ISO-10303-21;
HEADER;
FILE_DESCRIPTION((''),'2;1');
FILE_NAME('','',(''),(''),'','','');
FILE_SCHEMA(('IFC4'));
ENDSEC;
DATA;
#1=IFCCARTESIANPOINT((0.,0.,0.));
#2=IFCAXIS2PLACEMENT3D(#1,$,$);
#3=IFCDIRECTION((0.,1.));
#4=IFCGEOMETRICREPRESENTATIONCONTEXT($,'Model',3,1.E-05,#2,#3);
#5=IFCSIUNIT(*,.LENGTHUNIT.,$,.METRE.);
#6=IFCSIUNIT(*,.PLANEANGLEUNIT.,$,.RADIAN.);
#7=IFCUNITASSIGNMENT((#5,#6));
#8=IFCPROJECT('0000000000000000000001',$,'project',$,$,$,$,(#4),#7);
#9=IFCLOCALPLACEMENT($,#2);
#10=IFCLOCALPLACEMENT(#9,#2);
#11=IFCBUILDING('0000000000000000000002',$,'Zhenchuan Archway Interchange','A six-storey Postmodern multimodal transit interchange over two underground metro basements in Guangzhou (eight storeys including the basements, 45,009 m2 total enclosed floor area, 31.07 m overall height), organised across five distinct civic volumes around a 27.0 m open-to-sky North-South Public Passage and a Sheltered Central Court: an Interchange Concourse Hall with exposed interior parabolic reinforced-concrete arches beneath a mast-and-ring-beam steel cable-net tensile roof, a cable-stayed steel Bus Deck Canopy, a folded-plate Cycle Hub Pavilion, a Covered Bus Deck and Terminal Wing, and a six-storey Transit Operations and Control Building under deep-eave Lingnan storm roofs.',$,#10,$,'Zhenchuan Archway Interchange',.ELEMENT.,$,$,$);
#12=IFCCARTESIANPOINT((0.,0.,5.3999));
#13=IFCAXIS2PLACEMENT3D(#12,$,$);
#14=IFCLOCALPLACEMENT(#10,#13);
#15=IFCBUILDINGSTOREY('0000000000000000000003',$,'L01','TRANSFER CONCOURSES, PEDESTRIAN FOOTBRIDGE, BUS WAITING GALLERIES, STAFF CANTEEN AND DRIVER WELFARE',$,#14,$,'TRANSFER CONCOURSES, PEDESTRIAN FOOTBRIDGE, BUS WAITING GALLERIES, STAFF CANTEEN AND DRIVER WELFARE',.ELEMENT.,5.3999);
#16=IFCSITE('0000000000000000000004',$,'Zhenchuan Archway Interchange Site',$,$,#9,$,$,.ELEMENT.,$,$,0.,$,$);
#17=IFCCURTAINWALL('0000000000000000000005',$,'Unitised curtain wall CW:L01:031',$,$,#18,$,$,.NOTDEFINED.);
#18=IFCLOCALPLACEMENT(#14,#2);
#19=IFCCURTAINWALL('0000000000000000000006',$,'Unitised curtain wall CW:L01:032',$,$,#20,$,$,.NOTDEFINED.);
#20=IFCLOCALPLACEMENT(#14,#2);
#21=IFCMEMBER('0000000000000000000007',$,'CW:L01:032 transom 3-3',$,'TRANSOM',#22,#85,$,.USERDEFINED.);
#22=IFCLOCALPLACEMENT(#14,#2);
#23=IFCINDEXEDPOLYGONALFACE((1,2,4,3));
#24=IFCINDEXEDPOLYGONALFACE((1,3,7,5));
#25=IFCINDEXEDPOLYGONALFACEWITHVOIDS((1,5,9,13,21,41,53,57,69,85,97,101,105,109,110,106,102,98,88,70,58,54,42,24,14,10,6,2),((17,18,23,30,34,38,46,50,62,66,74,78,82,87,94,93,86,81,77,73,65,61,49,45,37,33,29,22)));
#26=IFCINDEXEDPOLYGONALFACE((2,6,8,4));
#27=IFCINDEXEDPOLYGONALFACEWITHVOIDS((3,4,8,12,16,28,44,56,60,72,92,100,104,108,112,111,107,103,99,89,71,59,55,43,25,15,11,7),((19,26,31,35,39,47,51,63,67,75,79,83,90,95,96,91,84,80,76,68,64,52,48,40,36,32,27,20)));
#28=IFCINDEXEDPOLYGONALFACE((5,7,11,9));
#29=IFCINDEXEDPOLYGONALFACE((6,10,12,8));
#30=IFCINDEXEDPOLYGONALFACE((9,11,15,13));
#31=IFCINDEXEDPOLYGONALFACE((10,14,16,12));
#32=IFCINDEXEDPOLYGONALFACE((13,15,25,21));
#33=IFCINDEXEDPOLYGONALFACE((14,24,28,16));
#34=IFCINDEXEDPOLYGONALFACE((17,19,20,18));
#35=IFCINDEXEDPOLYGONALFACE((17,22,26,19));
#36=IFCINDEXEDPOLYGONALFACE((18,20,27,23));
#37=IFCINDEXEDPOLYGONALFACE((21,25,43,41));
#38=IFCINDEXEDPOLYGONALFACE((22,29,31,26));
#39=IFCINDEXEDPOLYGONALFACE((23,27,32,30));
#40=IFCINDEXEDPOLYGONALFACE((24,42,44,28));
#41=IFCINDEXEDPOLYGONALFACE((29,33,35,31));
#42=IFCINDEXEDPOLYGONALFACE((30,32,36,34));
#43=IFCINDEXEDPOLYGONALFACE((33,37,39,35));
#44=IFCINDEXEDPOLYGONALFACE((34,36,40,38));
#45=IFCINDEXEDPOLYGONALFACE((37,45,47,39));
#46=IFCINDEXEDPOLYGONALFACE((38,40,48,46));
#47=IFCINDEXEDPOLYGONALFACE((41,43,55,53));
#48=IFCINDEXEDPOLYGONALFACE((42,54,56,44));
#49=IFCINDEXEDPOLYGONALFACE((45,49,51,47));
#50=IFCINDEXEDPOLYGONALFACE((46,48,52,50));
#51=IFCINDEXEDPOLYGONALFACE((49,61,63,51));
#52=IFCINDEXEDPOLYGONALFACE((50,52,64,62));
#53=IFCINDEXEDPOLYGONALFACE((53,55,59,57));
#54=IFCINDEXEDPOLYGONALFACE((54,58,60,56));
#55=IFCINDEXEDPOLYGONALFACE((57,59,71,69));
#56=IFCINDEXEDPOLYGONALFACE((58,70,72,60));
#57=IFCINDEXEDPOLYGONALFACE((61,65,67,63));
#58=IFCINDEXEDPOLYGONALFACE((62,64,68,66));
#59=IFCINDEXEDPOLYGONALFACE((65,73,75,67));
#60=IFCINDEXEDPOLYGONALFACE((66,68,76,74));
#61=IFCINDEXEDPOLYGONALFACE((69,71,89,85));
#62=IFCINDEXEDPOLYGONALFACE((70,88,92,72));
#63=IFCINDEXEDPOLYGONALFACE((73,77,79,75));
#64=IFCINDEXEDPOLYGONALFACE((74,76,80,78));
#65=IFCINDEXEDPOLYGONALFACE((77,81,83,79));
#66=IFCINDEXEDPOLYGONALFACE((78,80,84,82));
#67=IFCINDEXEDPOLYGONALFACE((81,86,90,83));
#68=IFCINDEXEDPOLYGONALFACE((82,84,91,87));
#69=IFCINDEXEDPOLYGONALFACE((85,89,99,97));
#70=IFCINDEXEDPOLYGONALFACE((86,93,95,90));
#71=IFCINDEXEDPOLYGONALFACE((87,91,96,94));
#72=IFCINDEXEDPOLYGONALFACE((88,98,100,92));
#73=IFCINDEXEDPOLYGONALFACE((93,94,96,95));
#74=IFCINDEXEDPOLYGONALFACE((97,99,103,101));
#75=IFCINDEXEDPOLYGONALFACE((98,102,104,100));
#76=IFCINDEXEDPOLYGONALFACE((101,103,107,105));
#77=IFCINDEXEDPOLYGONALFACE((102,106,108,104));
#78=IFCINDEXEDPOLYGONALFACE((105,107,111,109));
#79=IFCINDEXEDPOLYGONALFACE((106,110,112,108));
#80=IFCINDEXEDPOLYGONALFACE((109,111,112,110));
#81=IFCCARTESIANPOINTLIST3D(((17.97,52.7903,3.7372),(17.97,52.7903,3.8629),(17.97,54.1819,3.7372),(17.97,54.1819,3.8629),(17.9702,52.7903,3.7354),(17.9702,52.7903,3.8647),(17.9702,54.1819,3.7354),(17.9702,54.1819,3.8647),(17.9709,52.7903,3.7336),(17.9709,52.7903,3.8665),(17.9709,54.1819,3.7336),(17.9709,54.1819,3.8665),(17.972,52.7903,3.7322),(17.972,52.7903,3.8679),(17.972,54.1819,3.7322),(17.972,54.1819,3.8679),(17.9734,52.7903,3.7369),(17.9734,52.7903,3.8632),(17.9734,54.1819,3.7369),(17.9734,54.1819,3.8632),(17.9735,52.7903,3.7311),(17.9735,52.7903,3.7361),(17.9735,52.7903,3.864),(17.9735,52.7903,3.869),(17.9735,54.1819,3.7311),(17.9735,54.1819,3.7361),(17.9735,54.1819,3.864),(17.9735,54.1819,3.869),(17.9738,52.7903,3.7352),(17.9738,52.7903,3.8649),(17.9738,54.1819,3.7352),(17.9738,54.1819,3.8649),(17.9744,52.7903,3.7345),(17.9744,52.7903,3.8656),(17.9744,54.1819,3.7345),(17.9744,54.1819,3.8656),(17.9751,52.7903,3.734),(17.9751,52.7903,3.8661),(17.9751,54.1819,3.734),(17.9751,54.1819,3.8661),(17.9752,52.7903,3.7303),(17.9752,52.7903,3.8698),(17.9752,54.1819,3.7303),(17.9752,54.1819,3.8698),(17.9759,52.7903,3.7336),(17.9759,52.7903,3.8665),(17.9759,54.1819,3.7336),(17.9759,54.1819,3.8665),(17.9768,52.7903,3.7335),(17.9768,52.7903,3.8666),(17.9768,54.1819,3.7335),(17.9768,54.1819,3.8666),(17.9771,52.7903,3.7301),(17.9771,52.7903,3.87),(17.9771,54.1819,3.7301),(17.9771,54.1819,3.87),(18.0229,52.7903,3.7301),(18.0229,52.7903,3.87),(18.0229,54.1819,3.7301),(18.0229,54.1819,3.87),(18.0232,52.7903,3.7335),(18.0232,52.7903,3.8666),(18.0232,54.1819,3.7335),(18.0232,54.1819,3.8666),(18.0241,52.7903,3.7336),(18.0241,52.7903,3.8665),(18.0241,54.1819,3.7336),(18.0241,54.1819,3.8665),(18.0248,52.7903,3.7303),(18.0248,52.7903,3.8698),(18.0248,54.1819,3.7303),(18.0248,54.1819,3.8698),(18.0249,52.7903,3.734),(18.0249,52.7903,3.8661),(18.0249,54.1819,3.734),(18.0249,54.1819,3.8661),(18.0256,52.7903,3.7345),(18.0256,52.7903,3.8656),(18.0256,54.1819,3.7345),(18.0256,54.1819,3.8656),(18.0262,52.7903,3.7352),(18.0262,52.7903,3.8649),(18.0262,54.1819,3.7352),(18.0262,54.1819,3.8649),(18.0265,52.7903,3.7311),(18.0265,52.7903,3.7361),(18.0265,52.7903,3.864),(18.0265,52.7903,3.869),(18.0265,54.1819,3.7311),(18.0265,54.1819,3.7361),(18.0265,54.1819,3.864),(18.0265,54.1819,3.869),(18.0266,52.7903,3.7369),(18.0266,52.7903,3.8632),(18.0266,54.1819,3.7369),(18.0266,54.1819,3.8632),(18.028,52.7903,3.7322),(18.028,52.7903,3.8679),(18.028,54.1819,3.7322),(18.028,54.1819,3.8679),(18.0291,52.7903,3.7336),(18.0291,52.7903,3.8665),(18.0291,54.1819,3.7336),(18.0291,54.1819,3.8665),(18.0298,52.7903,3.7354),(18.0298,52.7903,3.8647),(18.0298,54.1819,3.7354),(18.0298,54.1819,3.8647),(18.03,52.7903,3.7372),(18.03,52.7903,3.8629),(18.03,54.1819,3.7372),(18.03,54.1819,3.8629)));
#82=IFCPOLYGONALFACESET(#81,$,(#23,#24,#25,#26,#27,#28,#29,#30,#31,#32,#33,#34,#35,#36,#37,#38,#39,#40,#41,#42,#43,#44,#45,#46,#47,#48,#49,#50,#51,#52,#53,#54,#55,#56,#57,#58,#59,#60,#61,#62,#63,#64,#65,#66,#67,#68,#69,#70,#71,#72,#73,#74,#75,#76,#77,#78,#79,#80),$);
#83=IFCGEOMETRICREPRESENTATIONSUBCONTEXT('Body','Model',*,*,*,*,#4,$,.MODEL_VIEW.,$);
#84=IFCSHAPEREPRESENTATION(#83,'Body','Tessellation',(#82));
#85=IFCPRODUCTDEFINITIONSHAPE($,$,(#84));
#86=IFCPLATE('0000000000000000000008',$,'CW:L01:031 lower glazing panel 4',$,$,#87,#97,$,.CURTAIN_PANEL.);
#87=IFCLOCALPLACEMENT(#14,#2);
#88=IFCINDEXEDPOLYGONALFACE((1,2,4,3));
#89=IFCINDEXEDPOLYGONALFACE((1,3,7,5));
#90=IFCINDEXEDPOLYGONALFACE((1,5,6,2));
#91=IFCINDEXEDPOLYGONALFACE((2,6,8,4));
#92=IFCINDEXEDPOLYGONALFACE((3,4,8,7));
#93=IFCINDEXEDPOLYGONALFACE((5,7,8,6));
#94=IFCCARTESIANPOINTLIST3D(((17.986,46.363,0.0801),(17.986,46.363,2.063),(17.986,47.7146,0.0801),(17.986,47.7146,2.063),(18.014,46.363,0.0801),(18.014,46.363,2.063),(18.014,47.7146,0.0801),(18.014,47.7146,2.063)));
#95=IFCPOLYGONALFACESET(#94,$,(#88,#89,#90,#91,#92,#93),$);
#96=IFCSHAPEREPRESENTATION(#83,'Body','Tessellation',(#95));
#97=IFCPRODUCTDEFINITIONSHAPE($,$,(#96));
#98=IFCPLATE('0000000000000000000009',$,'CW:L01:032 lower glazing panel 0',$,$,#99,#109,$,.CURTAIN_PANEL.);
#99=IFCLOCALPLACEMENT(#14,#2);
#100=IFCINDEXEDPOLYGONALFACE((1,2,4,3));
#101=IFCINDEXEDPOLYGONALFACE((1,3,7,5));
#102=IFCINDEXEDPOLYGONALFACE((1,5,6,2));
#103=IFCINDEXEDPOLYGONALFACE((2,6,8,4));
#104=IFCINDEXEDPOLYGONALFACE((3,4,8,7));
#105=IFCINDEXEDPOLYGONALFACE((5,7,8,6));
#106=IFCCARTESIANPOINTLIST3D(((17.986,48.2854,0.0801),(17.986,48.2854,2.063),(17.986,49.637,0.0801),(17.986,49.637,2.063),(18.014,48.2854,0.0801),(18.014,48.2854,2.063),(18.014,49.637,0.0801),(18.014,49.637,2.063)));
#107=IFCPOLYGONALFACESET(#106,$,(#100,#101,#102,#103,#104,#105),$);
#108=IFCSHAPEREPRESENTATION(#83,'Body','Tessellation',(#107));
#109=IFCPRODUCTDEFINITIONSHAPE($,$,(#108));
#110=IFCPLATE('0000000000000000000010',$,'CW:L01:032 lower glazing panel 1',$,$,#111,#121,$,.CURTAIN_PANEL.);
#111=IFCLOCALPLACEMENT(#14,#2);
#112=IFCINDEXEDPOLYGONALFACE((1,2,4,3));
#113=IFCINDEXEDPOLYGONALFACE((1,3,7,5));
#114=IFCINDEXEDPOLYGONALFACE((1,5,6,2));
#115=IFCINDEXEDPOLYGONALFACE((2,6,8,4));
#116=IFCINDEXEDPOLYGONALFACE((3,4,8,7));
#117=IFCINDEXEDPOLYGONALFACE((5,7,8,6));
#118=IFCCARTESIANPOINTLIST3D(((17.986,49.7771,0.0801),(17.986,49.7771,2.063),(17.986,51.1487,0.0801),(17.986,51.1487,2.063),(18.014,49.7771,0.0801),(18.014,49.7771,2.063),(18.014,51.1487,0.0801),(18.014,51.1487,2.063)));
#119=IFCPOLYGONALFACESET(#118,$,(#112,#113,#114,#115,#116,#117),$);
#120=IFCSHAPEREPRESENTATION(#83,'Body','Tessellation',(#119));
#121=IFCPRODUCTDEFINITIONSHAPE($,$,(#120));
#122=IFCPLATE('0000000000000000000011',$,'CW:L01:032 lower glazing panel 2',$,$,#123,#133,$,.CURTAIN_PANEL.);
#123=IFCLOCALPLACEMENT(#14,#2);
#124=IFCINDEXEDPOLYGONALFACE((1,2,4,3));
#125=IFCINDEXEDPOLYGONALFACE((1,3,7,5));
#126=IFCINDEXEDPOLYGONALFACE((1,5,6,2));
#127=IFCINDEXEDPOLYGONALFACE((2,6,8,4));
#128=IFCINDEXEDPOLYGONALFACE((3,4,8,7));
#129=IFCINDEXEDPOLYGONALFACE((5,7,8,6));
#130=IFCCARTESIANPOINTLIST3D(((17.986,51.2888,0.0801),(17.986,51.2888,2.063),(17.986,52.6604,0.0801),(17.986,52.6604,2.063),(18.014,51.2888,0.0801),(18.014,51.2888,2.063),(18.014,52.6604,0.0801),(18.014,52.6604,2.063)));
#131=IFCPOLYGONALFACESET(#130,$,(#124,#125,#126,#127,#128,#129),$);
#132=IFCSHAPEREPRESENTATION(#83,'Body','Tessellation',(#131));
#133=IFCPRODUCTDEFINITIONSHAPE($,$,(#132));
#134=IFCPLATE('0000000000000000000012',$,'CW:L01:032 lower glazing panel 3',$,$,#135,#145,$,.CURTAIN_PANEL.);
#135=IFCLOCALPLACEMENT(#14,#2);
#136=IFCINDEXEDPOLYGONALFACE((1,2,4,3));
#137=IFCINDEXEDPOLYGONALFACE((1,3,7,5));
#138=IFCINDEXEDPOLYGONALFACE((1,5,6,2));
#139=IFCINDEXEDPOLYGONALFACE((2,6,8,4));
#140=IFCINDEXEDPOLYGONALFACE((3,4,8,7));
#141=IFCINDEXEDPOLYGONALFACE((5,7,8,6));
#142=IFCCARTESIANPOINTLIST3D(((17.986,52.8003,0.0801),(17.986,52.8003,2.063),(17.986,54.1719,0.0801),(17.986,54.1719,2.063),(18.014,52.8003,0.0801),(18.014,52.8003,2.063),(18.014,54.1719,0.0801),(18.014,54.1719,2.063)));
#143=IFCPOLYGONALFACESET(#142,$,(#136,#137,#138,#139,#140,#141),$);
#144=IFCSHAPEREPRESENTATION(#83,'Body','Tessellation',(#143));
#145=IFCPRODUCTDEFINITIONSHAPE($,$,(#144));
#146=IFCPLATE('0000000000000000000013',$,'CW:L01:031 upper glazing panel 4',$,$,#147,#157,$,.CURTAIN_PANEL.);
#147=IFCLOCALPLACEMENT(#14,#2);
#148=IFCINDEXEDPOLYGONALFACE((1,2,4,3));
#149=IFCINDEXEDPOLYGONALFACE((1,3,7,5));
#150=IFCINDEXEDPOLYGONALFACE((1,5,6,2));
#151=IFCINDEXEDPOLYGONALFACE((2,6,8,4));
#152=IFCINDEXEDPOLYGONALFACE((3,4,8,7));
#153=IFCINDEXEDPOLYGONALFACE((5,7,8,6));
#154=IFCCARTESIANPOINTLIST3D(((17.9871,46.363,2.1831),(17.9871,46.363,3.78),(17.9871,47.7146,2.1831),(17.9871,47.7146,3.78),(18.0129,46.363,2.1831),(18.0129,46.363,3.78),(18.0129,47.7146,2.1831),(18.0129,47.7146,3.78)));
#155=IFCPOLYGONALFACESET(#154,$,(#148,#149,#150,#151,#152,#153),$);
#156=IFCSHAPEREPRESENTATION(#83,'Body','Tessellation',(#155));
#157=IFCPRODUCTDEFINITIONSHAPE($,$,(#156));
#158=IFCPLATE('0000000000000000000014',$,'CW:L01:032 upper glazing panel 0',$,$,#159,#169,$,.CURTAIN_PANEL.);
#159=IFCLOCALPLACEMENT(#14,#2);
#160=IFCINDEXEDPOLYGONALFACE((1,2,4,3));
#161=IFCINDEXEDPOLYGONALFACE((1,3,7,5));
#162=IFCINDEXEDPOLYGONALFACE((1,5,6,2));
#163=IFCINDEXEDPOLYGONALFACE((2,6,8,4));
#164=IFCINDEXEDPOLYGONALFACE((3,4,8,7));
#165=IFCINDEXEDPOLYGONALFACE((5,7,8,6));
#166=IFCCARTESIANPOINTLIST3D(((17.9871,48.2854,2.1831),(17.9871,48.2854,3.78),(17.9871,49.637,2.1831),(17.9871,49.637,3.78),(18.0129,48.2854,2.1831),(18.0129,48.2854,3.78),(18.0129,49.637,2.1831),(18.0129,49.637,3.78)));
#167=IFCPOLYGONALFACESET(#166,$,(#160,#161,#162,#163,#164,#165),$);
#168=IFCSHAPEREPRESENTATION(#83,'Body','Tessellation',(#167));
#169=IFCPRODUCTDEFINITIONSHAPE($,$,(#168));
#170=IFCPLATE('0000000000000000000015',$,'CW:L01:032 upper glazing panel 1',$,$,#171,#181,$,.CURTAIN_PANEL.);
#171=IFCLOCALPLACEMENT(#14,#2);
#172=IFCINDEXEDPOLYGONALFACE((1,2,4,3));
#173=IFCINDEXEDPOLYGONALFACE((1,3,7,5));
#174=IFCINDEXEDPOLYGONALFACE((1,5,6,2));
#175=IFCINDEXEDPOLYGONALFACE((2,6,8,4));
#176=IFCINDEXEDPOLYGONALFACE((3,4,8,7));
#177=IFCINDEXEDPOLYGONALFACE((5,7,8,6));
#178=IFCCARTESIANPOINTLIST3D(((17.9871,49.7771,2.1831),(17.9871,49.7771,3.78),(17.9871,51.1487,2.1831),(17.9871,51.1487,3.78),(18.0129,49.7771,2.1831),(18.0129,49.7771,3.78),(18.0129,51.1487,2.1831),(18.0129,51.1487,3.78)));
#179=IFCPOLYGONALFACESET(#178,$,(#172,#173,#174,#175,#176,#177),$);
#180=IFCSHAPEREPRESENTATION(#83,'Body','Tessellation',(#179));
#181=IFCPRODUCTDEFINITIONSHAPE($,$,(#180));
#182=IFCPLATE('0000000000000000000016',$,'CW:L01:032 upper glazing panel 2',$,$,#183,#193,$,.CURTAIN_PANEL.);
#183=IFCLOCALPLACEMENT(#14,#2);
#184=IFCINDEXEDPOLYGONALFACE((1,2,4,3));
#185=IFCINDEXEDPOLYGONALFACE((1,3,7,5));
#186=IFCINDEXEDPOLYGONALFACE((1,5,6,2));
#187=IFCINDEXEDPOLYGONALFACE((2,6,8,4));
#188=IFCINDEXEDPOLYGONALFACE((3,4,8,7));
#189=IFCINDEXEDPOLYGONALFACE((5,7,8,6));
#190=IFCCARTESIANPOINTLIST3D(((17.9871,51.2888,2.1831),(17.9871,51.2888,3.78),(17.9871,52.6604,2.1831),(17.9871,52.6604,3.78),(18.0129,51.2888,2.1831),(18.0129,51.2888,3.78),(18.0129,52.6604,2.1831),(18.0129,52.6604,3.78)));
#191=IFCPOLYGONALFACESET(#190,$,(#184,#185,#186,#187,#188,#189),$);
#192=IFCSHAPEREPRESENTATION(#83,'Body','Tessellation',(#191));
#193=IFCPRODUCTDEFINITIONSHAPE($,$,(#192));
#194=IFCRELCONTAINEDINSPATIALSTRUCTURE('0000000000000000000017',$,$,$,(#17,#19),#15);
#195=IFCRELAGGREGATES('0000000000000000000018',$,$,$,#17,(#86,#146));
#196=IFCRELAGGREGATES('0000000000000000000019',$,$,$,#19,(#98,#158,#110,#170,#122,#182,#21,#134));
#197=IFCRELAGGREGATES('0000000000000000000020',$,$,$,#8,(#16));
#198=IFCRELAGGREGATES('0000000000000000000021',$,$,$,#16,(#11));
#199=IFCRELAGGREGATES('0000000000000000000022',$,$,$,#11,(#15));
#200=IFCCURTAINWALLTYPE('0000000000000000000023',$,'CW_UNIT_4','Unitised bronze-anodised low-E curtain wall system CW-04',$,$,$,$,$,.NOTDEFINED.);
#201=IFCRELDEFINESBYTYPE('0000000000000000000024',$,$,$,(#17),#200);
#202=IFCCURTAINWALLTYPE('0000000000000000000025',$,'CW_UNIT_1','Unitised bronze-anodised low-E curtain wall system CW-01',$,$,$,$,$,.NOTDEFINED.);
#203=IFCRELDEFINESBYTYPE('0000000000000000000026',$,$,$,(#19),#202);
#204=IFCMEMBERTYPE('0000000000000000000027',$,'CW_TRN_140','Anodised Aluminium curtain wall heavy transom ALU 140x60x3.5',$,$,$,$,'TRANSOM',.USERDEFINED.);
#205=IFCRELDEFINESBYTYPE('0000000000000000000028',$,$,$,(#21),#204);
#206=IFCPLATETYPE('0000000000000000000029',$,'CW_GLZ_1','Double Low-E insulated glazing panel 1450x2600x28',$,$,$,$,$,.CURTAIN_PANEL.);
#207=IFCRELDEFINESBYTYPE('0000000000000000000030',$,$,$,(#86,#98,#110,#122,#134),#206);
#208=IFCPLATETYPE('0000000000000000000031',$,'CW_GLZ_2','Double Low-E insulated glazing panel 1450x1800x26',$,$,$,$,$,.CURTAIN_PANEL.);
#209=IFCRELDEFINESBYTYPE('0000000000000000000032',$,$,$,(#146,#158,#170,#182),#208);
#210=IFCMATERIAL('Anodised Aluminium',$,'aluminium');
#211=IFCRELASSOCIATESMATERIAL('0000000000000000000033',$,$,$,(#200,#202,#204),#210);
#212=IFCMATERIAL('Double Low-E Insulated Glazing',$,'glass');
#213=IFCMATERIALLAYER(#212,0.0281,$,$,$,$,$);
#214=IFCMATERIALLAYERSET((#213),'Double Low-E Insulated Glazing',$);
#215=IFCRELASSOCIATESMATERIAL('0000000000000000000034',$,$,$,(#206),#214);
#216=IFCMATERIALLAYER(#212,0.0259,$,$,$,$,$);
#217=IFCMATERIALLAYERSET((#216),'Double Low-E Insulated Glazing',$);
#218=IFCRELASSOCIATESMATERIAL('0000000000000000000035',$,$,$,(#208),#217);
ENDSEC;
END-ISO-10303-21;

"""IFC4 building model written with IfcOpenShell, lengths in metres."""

from ifc_helpers import new_model, si_unit, direction, frame, origin, origin_2d, place, context, subcontext, project, spatial, rectangle, hollow_rectangle, extrude, material, layer, layer_set, material_profile, profile_set, type_object, element, aggregate, save


model = new_model("IFC4")

# Units and contexts
model_context = context("Model", 3, precision=1e-05, world=origin(), true_north=direction((0.0, 1.0)))
body_context = subcontext(model_context, "Body", "Model", "MODEL_VIEW")
ifc_project = project(units=[si_unit("LENGTHUNIT", "METRE"), si_unit("PLANEANGLEUNIT", "RADIAN")], contexts=[model_context])

# Site, building, storey
site_placement = place(None, origin())
site = spatial("IfcSite", under=ifc_project, at=site_placement, Name="Zhenchuan Archway Interchange Site", CompositionType="ELEMENT", RefElevation=0.0)
building_placement = place(site_placement, origin())
building = spatial("IfcBuilding", under=site, at=building_placement, Name="Zhenchuan Archway Interchange", Description="A six-storey Postmodern multimodal transit interchange over two underground metro basements in Guangzhou (eight storeys including the basements, 45,009 m2 total enclosed floor area, 31.07 m overall height), organised across five distinct civic volumes around a 27.0 m open-to-sky North-South Public Passage and a Sheltered Central Court: an Interchange Concourse Hall with exposed interior parabolic reinforced-concrete arches beneath a mast-and-ring-beam steel cable-net tensile roof, a cable-stayed steel Bus Deck Canopy, a folded-plate Cycle Hub Pavilion, a Covered Bus Deck and Terminal Wing, and a six-storey Transit Operations and Control Building under deep-eave Lingnan storm roofs.", LongName="Zhenchuan Archway Interchange", CompositionType="ELEMENT")
storey_placement = place(building_placement, frame((0.0, 0.0, 5.3999)))
storey = spatial("IfcBuildingStorey", under=building, at=storey_placement, Name="L01", Description="TRANSFER CONCOURSES, PEDESTRIAN FOOTBRIDGE, BUS WAITING GALLERIES, STAFF CANTEEN AND DRIVER WELFARE", LongName="TRANSFER CONCOURSES, PEDESTRIAN FOOTBRIDGE, BUS WAITING GALLERIES, STAFF CANTEEN AND DRIVER WELFARE", CompositionType="ELEMENT", Elevation=5.3999)

# Curtain wall
ifc_material_1 = material(Name="Anodised Aluminium", Category="aluminium")
curtain_wall_type_1 = type_object("IfcCurtainWallType", Name="CW_UNIT_4", Description="Unitised bronze-anodised low-E curtain wall system CW-04", PredefinedType="NOTDEFINED", material=ifc_material_1)
curtain_wall_1_placement = place(storey_placement, origin())
curtain_wall_1 = element("IfcCurtainWall", 1, at=curtain_wall_1_placement, inside=storey, type_object=curtain_wall_type_1, Name="Unitised curtain wall CW:L01:031", PredefinedType="NOTDEFINED")

# Curtain wall, member
curtain_wall_type_2 = type_object("IfcCurtainWallType", Name="CW_UNIT_1", Description="Unitised bronze-anodised low-E curtain wall system CW-01", PredefinedType="NOTDEFINED", material=ifc_material_1)
curtain_wall_2_placement = place(storey_placement, origin())
curtain_wall_2 = element("IfcCurtainWall", 2, at=curtain_wall_2_placement, inside=storey, type_object=curtain_wall_type_2, Name="Unitised curtain wall CW:L01:032", PredefinedType="NOTDEFINED")
ifc_material_profile_1 = material_profile(ifc_material_1, hollow_rectangle(XDim=0.0601, YDim=0.1399, WallThickness=0.0034, InnerFilletRadius=0.0034, OuterFilletRadius=0.0071, at=origin_2d()), Name="ALU 140x60x3.5")
ifc_profile_set_1 = profile_set([ifc_material_profile_1], Name="Anodised Aluminium")
member_type_1 = type_object("IfcMemberType", Name="CW_TRN_140", Description="Anodised Aluminium curtain wall heavy transom ALU 140x60x3.5", ElementType="TRANSOM", PredefinedType="USERDEFINED", material=ifc_profile_set_1)
member_1_placement = place(storey_placement, frame((18.0, 52.7903, 3.8), z_axis=(0.0, 1.0, 0.0), x_axis=(-1.0, 0.0, 0.0)))
member_1 = element("IfcMember", 3, at=member_1_placement, type_object=member_type_1, Name="CW:L01:032 transom 3-3", ObjectType="TRANSOM", PredefinedType="USERDEFINED", context=body_context, shape_type="SweptSolid", body=[
    extrude(hollow_rectangle(XDim=0.0601, YDim=0.1399, WallThickness=0.0034, InnerFilletRadius=0.0034, OuterFilletRadius=0.0071, at=origin_2d()), origin(), (0.0, 0.0, 1.0), 1.3916),
])

# Plates
ifc_material_2 = material(Name="Double Low-E Insulated Glazing", Category="glass")
ifc_layer_1 = layer(ifc_material_2, 0.0281)
ifc_layer_set_1 = layer_set([ifc_layer_1], Name="Double Low-E Insulated Glazing")
plate_type_1 = type_object("IfcPlateType", Name="CW_GLZ_1", Description="Double Low-E insulated glazing panel 1450x2600x28", PredefinedType="CURTAIN_PANEL", material=ifc_layer_set_1)
plate_1_placement = place(storey_placement, frame((18.0, 47.0388, 0.0801), z_axis=(0.0, 0.0, 1.0), x_axis=(0.0, 1.0, 0.0)))
plate_1 = element("IfcPlate", 4, at=plate_1_placement, type_object=plate_type_1, Name="CW:L01:031 lower glazing panel 4", PredefinedType="CURTAIN_PANEL", context=body_context, shape_type="SweptSolid", body=[
    extrude(rectangle(XDim=1.3516, YDim=0.0281, at=origin_2d()), origin(), (0.0, 0.0, 1.0), 1.9829),
])
plate_2_placement = place(storey_placement, frame((18.0, 48.9612, 0.0801), z_axis=(0.0, 0.0, 1.0), x_axis=(0.0, 1.0, 0.0)))
plate_2 = element("IfcPlate", 5, at=plate_2_placement, type_object=plate_type_1, Name="CW:L01:032 lower glazing panel 0", PredefinedType="CURTAIN_PANEL", context=body_context, shape_type="SweptSolid", body=[
    extrude(rectangle(XDim=1.3516, YDim=0.0281, at=origin_2d()), origin(), (0.0, 0.0, 1.0), 1.9829),
])
plate_3_placement = place(storey_placement, frame((18.0, 50.4629, 0.0801), z_axis=(0.0, 0.0, 1.0), x_axis=(0.0, 1.0, 0.0)))
plate_3 = element("IfcPlate", 6, at=plate_3_placement, type_object=plate_type_1, Name="CW:L01:032 lower glazing panel 1", PredefinedType="CURTAIN_PANEL", context=body_context, shape_type="SweptSolid", body=[
    extrude(rectangle(XDim=1.3716, YDim=0.0281, at=origin_2d()), origin(), (0.0, 0.0, 1.0), 1.9829),
])
plate_4_placement = place(storey_placement, frame((18.0, 51.9746, 0.0801), z_axis=(0.0, 0.0, 1.0), x_axis=(0.0, 1.0, 0.0)))
plate_4 = element("IfcPlate", 7, at=plate_4_placement, type_object=plate_type_1, Name="CW:L01:032 lower glazing panel 2", PredefinedType="CURTAIN_PANEL", context=body_context, shape_type="SweptSolid", body=[
    extrude(rectangle(XDim=1.3716, YDim=0.0281, at=origin_2d()), origin(), (0.0, 0.0, 1.0), 1.9829),
])
plate_5_placement = place(storey_placement, frame((18.0, 53.4861, 0.0801), z_axis=(0.0, 0.0, 1.0), x_axis=(0.0, 1.0, 0.0)))
plate_5 = element("IfcPlate", 8, at=plate_5_placement, type_object=plate_type_1, Name="CW:L01:032 lower glazing panel 3", PredefinedType="CURTAIN_PANEL", context=body_context, shape_type="SweptSolid", body=[
    extrude(rectangle(XDim=1.3716, YDim=0.0281, at=origin_2d()), origin(), (0.0, 0.0, 1.0), 1.9829),
])
ifc_layer_2 = layer(ifc_material_2, 0.0259)
ifc_layer_set_2 = layer_set([ifc_layer_2], Name="Double Low-E Insulated Glazing")
plate_type_2 = type_object("IfcPlateType", Name="CW_GLZ_2", Description="Double Low-E insulated glazing panel 1450x1800x26", PredefinedType="CURTAIN_PANEL", material=ifc_layer_set_2)
plate_6_placement = place(storey_placement, frame((18.0, 47.0388, 2.1831), z_axis=(0.0, 0.0, 1.0), x_axis=(0.0, 1.0, 0.0)))
plate_6 = element("IfcPlate", 9, at=plate_6_placement, type_object=plate_type_2, Name="CW:L01:031 upper glazing panel 4", PredefinedType="CURTAIN_PANEL", context=body_context, shape_type="SweptSolid", body=[
    extrude(rectangle(XDim=1.3516, YDim=0.0259, at=origin_2d()), origin(), (0.0, 0.0, 1.0), 1.5969),
])
aggregate(curtain_wall_1, [plate_1, plate_6])
plate_7_placement = place(storey_placement, frame((18.0, 48.9612, 2.1831), z_axis=(0.0, 0.0, 1.0), x_axis=(0.0, 1.0, 0.0)))
plate_7 = element("IfcPlate", 10, at=plate_7_placement, type_object=plate_type_2, Name="CW:L01:032 upper glazing panel 0", PredefinedType="CURTAIN_PANEL", context=body_context, shape_type="SweptSolid", body=[
    extrude(rectangle(XDim=1.3516, YDim=0.0259, at=origin_2d()), origin(), (0.0, 0.0, 1.0), 1.5969),
])
plate_8_placement = place(storey_placement, frame((18.0, 50.4629, 2.1831), z_axis=(0.0, 0.0, 1.0), x_axis=(0.0, 1.0, 0.0)))
plate_8 = element("IfcPlate", 11, at=plate_8_placement, type_object=plate_type_2, Name="CW:L01:032 upper glazing panel 1", PredefinedType="CURTAIN_PANEL", context=body_context, shape_type="SweptSolid", body=[
    extrude(rectangle(XDim=1.3716, YDim=0.0259, at=origin_2d()), origin(), (0.0, 0.0, 1.0), 1.5969),
])
plate_9_placement = place(storey_placement, frame((18.0, 51.9746, 2.1831), z_axis=(0.0, 0.0, 1.0), x_axis=(0.0, 1.0, 0.0)))
plate_9 = element("IfcPlate", 12, at=plate_9_placement, type_object=plate_type_2, Name="CW:L01:032 upper glazing panel 2", PredefinedType="CURTAIN_PANEL", context=body_context, shape_type="SweptSolid", body=[
    extrude(rectangle(XDim=1.3716, YDim=0.0259, at=origin_2d()), origin(), (0.0, 0.0, 1.0), 1.5969),
])
aggregate(curtain_wall_2, [plate_2, plate_7, plate_3, plate_8, plate_4, plate_9, member_1, plate_5])

save(model, "model.ifc")
